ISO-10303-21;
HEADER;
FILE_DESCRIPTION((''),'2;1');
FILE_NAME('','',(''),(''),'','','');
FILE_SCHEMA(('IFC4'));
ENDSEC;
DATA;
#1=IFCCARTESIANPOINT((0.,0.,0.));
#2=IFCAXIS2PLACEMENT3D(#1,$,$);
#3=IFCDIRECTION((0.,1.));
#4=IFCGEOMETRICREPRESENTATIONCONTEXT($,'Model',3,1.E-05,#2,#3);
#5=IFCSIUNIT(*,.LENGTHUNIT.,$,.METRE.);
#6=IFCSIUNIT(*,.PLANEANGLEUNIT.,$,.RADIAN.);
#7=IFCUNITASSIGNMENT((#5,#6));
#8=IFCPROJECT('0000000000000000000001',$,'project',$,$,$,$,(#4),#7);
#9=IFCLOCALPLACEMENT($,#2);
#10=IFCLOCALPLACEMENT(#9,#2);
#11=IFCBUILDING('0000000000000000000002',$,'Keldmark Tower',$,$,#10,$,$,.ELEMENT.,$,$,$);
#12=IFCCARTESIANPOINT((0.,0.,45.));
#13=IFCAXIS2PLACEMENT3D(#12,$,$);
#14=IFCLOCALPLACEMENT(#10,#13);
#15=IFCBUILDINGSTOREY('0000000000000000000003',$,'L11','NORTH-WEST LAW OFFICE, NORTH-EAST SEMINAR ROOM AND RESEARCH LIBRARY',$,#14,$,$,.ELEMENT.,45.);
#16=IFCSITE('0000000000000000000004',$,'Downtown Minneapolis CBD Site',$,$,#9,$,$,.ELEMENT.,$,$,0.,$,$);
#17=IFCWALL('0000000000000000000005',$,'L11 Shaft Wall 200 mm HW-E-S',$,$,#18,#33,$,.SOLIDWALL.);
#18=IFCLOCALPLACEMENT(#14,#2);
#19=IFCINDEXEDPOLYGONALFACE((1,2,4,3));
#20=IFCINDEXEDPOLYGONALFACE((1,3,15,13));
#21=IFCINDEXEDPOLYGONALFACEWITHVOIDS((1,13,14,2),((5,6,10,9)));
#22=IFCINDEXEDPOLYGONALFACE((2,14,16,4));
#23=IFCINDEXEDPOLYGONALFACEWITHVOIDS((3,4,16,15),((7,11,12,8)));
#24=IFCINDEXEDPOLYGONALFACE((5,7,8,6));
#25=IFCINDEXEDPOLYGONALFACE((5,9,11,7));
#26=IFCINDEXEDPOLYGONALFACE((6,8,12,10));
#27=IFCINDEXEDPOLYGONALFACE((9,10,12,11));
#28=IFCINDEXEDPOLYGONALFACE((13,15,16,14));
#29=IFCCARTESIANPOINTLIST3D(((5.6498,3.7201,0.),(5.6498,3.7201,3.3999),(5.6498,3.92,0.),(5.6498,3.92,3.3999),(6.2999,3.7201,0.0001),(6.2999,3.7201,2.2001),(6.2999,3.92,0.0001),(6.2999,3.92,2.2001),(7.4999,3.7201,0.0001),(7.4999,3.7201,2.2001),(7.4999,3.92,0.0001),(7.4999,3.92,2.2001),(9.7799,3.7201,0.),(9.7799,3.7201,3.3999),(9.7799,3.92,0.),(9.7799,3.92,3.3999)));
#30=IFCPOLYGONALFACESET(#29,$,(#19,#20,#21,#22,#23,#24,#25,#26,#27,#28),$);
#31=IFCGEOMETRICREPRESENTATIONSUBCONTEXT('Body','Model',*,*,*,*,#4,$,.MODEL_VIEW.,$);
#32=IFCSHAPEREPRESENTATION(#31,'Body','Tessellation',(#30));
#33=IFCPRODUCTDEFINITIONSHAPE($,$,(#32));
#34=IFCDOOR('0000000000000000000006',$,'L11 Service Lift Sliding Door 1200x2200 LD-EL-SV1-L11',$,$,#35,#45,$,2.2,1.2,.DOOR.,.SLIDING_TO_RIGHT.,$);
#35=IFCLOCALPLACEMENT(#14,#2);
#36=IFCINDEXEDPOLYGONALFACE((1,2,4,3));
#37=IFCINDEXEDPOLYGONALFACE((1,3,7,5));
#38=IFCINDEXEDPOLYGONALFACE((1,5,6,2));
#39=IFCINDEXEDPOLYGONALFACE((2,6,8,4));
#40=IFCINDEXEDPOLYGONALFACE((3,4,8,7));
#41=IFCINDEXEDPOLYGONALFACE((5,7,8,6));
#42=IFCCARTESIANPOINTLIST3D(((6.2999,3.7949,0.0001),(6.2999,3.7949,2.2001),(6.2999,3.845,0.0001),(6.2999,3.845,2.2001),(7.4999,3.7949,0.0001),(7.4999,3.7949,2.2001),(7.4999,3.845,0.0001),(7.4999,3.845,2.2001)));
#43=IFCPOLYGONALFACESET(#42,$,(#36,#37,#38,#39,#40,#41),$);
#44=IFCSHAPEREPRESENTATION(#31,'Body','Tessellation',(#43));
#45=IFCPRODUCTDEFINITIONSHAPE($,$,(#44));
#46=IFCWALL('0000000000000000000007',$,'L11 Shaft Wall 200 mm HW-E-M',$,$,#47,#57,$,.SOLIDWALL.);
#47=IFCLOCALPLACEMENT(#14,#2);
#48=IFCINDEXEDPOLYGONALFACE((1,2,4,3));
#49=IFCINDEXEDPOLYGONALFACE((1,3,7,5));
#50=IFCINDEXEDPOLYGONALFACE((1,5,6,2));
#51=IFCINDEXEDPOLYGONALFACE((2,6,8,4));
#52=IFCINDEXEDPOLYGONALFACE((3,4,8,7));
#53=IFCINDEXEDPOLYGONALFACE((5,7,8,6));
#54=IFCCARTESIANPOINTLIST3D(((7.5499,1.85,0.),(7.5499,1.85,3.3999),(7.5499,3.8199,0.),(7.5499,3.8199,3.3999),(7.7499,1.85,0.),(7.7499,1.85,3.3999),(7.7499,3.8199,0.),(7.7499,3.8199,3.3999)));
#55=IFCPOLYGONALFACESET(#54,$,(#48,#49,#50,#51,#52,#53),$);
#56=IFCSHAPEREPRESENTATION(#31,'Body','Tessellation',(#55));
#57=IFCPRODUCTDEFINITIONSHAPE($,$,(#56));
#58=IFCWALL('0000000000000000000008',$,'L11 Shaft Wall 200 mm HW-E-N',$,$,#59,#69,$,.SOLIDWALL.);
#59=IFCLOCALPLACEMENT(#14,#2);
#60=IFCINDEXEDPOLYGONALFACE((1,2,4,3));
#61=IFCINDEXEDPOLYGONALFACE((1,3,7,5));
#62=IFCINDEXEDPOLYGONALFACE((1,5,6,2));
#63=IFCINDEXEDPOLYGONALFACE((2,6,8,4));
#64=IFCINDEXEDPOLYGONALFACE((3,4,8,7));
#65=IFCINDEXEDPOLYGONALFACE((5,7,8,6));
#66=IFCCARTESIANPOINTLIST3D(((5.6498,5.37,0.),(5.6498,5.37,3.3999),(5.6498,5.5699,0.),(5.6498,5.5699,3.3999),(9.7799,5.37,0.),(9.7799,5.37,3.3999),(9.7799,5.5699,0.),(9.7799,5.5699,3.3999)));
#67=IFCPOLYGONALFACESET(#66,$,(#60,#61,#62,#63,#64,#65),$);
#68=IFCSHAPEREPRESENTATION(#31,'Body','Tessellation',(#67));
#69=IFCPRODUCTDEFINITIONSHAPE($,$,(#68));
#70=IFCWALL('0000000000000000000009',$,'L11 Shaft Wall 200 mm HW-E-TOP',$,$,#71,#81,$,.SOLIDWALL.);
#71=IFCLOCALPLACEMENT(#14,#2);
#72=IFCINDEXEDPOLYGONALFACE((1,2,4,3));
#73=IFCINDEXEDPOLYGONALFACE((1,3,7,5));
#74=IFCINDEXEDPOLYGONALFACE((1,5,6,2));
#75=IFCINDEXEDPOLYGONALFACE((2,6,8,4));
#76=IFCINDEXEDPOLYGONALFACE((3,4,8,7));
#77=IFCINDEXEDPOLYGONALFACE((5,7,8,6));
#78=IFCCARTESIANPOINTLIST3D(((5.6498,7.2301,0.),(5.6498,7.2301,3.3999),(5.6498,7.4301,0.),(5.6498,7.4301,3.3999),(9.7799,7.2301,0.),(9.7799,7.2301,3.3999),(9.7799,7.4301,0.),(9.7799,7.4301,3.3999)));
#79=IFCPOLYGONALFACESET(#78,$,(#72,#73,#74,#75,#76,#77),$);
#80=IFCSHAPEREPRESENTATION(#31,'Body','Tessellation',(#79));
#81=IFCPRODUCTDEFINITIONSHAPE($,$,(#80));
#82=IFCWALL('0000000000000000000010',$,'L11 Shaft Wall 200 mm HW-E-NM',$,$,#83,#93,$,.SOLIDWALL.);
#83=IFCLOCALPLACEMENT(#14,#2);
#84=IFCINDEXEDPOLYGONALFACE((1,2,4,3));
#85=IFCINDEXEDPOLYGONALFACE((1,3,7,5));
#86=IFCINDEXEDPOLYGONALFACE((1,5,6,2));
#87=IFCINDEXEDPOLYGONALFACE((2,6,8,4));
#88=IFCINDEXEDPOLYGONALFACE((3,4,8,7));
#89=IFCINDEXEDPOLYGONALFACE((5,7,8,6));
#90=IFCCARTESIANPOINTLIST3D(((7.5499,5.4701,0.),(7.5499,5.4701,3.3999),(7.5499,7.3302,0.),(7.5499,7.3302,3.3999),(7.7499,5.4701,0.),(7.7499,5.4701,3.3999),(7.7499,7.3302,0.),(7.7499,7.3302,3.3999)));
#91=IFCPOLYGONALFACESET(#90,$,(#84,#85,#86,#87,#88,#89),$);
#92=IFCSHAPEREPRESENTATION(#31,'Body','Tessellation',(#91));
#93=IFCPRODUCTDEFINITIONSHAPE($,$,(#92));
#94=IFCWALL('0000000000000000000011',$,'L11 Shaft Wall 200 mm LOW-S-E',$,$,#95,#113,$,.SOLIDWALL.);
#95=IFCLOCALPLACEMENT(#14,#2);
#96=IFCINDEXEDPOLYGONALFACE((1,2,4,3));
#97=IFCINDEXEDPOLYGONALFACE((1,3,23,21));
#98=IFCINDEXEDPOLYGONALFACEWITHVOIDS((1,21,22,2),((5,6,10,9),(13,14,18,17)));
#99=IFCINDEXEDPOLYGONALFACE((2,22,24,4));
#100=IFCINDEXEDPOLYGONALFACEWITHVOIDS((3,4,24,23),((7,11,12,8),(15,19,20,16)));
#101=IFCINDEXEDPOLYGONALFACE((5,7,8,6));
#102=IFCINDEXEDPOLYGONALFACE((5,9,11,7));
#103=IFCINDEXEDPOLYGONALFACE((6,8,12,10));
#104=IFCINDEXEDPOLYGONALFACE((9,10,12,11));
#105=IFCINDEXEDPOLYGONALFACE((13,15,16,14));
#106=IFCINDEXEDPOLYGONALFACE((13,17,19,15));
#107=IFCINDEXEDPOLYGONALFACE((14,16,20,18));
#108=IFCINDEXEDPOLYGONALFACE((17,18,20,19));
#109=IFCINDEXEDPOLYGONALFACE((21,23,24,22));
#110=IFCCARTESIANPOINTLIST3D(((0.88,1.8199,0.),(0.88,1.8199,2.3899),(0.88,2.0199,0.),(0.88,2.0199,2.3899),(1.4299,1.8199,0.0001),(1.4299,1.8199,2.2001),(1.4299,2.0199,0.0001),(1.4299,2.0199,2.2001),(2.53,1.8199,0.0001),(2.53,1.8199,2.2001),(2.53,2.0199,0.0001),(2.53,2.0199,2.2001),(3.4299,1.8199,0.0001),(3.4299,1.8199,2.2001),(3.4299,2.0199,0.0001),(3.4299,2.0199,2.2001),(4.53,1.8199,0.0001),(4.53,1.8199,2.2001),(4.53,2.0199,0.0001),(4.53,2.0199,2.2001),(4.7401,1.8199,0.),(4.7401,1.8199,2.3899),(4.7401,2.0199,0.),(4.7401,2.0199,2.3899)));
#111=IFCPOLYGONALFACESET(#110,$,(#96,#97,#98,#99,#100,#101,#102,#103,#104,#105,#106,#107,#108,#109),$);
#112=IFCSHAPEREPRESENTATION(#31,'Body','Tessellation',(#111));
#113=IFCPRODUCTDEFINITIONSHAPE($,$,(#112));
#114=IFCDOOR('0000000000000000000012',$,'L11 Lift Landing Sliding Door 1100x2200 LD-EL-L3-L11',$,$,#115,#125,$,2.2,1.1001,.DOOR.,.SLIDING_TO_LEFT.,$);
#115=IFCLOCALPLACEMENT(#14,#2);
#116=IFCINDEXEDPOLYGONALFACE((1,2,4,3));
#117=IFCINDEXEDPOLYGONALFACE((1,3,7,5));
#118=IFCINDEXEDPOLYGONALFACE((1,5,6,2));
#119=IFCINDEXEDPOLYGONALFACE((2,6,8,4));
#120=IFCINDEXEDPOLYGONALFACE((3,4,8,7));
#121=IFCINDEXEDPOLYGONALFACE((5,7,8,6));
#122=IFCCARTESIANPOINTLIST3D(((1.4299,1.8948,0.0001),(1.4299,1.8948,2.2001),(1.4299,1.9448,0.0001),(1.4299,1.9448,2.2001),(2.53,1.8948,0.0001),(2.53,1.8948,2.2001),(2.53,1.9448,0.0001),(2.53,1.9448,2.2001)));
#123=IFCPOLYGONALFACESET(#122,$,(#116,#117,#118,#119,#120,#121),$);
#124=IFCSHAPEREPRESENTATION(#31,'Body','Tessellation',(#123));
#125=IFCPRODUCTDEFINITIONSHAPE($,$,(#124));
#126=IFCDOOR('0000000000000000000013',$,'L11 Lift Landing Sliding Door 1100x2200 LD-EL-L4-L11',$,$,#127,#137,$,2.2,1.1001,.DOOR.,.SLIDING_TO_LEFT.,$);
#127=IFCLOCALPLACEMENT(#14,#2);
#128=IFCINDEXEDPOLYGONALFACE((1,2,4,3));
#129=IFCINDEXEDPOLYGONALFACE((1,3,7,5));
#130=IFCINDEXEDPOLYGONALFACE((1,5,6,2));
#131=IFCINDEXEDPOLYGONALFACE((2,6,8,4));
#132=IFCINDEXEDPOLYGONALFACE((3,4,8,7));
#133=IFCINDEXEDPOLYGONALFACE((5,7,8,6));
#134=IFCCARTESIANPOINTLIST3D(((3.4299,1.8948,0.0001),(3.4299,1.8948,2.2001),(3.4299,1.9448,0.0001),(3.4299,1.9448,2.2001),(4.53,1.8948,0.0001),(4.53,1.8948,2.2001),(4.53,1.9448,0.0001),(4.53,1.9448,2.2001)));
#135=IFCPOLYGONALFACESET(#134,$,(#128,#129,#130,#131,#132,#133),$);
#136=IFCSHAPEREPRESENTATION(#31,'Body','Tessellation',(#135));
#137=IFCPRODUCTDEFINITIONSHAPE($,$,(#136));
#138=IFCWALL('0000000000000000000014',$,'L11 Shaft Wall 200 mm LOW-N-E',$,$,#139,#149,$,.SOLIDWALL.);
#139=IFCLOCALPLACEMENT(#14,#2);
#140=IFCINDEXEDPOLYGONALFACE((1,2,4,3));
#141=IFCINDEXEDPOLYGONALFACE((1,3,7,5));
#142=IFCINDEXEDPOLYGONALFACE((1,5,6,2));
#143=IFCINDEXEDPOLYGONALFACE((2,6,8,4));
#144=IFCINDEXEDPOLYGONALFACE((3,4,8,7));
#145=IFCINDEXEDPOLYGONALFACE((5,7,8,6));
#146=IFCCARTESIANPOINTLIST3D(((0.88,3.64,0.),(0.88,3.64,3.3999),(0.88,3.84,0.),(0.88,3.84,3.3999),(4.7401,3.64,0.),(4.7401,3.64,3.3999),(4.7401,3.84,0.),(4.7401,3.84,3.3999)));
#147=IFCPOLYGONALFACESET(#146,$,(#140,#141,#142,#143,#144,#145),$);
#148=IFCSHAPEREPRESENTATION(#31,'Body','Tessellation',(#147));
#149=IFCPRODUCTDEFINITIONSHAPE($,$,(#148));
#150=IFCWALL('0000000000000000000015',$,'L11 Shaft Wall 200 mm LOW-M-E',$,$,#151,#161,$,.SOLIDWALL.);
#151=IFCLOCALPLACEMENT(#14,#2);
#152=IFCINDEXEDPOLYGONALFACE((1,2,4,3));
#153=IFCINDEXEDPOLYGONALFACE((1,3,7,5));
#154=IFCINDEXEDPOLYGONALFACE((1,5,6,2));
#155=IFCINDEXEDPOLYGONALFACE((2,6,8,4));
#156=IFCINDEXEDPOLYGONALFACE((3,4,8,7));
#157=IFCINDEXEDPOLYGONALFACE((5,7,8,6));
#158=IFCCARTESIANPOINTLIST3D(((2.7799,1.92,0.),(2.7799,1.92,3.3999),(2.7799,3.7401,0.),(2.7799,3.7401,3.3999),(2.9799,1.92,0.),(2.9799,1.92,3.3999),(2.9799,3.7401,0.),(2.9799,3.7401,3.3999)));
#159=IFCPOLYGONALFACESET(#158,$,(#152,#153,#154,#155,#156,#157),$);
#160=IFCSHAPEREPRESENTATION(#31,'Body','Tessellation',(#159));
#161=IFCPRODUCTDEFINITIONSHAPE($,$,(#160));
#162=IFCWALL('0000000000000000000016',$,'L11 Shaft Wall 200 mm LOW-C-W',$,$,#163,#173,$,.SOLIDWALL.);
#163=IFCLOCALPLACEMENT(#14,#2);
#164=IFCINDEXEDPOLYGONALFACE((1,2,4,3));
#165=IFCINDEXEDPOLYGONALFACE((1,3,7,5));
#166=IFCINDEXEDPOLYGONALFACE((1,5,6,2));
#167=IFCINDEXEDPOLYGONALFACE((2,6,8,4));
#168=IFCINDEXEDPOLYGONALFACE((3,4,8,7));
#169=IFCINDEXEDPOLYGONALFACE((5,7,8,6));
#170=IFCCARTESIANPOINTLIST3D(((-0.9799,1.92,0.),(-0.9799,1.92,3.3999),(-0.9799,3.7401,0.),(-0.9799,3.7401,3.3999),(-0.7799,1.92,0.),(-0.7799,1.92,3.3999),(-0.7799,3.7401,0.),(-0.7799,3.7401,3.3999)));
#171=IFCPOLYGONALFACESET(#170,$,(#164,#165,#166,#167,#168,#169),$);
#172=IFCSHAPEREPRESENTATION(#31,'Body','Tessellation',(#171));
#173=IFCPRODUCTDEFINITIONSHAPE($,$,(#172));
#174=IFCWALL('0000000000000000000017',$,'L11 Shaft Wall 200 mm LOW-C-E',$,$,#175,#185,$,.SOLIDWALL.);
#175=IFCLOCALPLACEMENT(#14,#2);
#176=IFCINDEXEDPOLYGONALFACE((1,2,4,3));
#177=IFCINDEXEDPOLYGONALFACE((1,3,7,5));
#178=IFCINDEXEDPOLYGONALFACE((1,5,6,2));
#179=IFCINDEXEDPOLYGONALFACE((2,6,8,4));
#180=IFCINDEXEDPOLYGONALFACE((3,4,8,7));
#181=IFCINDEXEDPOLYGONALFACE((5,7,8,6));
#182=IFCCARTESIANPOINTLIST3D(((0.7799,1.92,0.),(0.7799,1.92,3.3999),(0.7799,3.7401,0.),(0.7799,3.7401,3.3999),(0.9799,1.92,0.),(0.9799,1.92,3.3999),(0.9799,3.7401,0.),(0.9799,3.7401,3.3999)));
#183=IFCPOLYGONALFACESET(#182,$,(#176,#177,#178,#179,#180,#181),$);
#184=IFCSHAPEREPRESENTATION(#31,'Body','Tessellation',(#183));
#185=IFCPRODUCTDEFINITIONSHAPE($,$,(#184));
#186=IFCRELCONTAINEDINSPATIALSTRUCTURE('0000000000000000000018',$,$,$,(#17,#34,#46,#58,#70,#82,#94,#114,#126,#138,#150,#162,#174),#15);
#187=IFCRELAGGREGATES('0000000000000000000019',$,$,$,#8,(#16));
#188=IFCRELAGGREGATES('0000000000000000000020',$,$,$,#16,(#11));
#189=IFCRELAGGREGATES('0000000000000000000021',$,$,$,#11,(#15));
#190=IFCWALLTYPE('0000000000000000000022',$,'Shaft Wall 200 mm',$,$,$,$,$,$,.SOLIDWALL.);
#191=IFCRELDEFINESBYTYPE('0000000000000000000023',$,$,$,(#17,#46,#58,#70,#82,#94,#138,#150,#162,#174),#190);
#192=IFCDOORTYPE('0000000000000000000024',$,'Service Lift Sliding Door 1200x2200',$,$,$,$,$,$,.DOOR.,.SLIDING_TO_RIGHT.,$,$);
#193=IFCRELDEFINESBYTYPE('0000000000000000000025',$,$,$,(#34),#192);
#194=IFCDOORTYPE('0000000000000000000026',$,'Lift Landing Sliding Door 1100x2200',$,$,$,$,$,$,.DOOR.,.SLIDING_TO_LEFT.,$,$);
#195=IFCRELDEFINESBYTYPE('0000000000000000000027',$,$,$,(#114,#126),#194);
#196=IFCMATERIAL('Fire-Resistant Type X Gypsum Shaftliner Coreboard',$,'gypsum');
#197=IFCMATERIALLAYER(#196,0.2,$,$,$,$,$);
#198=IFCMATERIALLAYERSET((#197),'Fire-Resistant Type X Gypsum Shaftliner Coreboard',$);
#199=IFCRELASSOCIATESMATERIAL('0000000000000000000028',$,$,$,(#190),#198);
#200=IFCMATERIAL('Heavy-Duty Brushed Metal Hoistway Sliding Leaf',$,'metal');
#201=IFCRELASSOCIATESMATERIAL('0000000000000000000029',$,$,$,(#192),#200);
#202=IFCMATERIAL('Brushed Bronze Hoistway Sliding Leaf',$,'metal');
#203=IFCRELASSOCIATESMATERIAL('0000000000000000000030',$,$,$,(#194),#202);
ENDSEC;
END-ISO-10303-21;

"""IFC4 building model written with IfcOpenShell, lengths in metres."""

from ifc_helpers import new_model, si_unit, direction, frame, frame_2d, origin, place, context, subcontext, project, spatial, rectangle, extrude, material, layer, layer_set, type_object, element, fill, save


model = new_model("IFC4")

# Units and contexts
model_context = context("Model", 3, precision=1e-05, world=origin(), true_north=direction((0.0, 1.0)))
body_context = subcontext(model_context, "Body", "Model", "MODEL_VIEW")
ifc_project = project(units=[si_unit("LENGTHUNIT", "METRE"), si_unit("PLANEANGLEUNIT", "RADIAN")], contexts=[model_context])

# Site, building, storey
site_placement = place(None, origin())
site = spatial("IfcSite", under=ifc_project, at=site_placement, Name="Downtown Minneapolis CBD Site", CompositionType="ELEMENT", RefElevation=0.0)
building_placement = place(site_placement, origin())
building = spatial("IfcBuilding", under=site, at=building_placement, Name="Keldmark Tower", CompositionType="ELEMENT")
storey_placement = place(building_placement, frame((0.0, 0.0, 45.0)))
storey = spatial("IfcBuildingStorey", under=building, at=storey_placement, Name="L11", Description="NORTH-WEST LAW OFFICE, NORTH-EAST SEMINAR ROOM AND RESEARCH LIBRARY", CompositionType="ELEMENT", Elevation=45.0)

# Wall, opening, door
ifc_material_1 = material(Name="Fire-Resistant Type X Gypsum Shaftliner Coreboard", Category="gypsum")
ifc_layer_1 = layer(ifc_material_1, 0.2)
ifc_layer_set_1 = layer_set([ifc_layer_1], Name="Fire-Resistant Type X Gypsum Shaftliner Coreboard")
wall_type_1 = type_object("IfcWallType", Name="Shaft Wall 200 mm", PredefinedType="SOLIDWALL", material=ifc_layer_set_1)
wall_1_placement = place(storey_placement, frame((5.6499, 3.8201, 0.0), z_axis=(0.0, 0.0, 1.0), x_axis=(1.0, 0.0, 0.0)))
wall_1 = element("IfcWall", 1, at=wall_1_placement, inside=storey, type_object=wall_type_1, Name="L11 Shaft Wall 200 mm HW-E-S", PredefinedType="SOLIDWALL", context=body_context, shape_type="SweptSolid", body=[
    extrude(rectangle(XDim=4.1301, YDim=0.2, at=frame_2d((2.0649, 0.0))), origin(), (0.0, 0.0, 1.0), 3.3999),
])
opening_1_placement = place(wall_1_placement, frame((0.6499, 0.0, 0.0)))
opening_1 = element("IfcOpeningElement", 2, at=opening_1_placement, cuts=wall_1, PredefinedType="OPENING", context=body_context, shape_type="SweptSolid", body=[
    extrude(rectangle(XDim=1.2, YDim=2.2, at=frame_2d((0.6001, 1.1001))), frame((0.0, 0.1099, 0.0), z_axis=(0.0, -1.0, 0.0), x_axis=(1.0, 0.0, 0.0)), (0.0, 0.0, 1.0), 0.22),
])
ifc_material_2 = material(Name="Heavy-Duty Brushed Metal Hoistway Sliding Leaf", Category="metal")
door_type_1 = type_object("IfcDoorType", Name="Service Lift Sliding Door 1200x2200", OperationType="SLIDING_TO_RIGHT", PredefinedType="DOOR", material=ifc_material_2)
door_1_placement = place(opening_1_placement, origin())
door_1 = element("IfcDoor", 3, at=door_1_placement, inside=storey, type_object=door_type_1, Name="L11 Service Lift Sliding Door 1200x2200 LD-EL-SV1-L11", OperationType="SLIDING_TO_RIGHT", OverallHeight=2.2, OverallWidth=1.2, PredefinedType="DOOR", context=body_context, shape_type="SweptSolid", body=[
    extrude(rectangle(XDim=1.2, YDim=2.2, at=frame_2d((0.6001, 1.1001))), frame((0.0, 0.0249, 0.0), z_axis=(0.0, -1.0, 0.0), x_axis=(1.0, 0.0, 0.0)), (0.0, 0.0, 1.0), 0.05),
])
fill(opening_1, door_1)

# Walls
wall_2_placement = place(storey_placement, frame((7.6499, 1.8501, 0.0), z_axis=(0.0, 0.0, 1.0), x_axis=(0.0, 1.0, 0.0)))
element("IfcWall", 4, at=wall_2_placement, inside=storey, type_object=wall_type_1, Name="L11 Shaft Wall 200 mm HW-E-M", PredefinedType="SOLIDWALL", context=body_context, shape_type="SweptSolid", body=[
    extrude(rectangle(XDim=1.97, YDim=0.2, at=frame_2d((0.9849, 0.0))), origin(), (0.0, 0.0, 1.0), 3.3999),
])
for number, where, z_axis, x_axis, name in (
    (5, (5.6499, 5.47, 0.0), (0.0, 0.0, 1.0), (1.0, 0.0, 0.0), "L11 Shaft Wall 200 mm HW-E-N"),
    (6, (5.6499, 7.3301, 0.0), (0.0, 0.0, 1.0), (1.0, 0.0, 0.0), "L11 Shaft Wall 200 mm HW-E-TOP"),
):
    element("IfcWall", number, at=place(storey_placement, frame(where, z_axis=z_axis, x_axis=x_axis)), inside=storey, type_object=wall_type_1, Name=name, PredefinedType="SOLIDWALL", context=body_context, shape_type="SweptSolid", body=[
        extrude(rectangle(XDim=4.1301, YDim=0.2, at=frame_2d((2.0649, 0.0))), origin(), (0.0, 0.0, 1.0), 3.3999),
    ])
wall_3_placement = place(storey_placement, frame((7.6499, 5.47, 0.0), z_axis=(0.0, 0.0, 1.0), x_axis=(0.0, 1.0, 0.0)))
element("IfcWall", 7, at=wall_3_placement, inside=storey, type_object=wall_type_1, Name="L11 Shaft Wall 200 mm HW-E-NM", PredefinedType="SOLIDWALL", context=body_context, shape_type="SweptSolid", body=[
    extrude(rectangle(XDim=1.8601, YDim=0.2, at=frame_2d((0.9302, 0.0))), origin(), (0.0, 0.0, 1.0), 3.3999),
])

# Wall, openings, doors
wall_4_placement = place(storey_placement, frame((0.8799, 1.9199, 0.0), z_axis=(0.0, 0.0, 1.0), x_axis=(1.0, 0.0, 0.0)))
wall_4 = element("IfcWall", 8, at=wall_4_placement, inside=storey, type_object=wall_type_1, Name="L11 Shaft Wall 200 mm LOW-S-E", PredefinedType="SOLIDWALL", context=body_context, shape_type="SweptSolid", body=[
    extrude(rectangle(XDim=3.8601, YDim=0.2, at=frame_2d((1.9302, 0.0))), origin(), (0.0, 0.0, 1.0), 2.3899),
])
opening_2_placement = place(wall_4_placement, frame((0.55, 0.0, 0.0)))
opening_2 = element("IfcOpeningElement", 9, at=opening_2_placement, cuts=wall_4, PredefinedType="OPENING", context=body_context, shape_type="SweptSolid", body=[
    extrude(rectangle(XDim=1.1001, YDim=2.2, at=frame_2d((0.55, 1.1001))), frame((0.0, 0.1099, 0.0), z_axis=(0.0, -1.0, 0.0), x_axis=(1.0, 0.0, 0.0)), (0.0, 0.0, 1.0), 0.22),
])
opening_3_placement = place(wall_4_placement, frame((2.55, 0.0, 0.0)))
opening_3 = element("IfcOpeningElement", 10, at=opening_3_placement, cuts=wall_4, PredefinedType="OPENING", context=body_context, shape_type="SweptSolid", body=[
    extrude(rectangle(XDim=1.1001, YDim=2.2, at=frame_2d((0.55, 1.1001))), frame((0.0, 0.1099, 0.0), z_axis=(0.0, -1.0, 0.0), x_axis=(1.0, 0.0, 0.0)), (0.0, 0.0, 1.0), 0.22),
])
ifc_material_3 = material(Name="Brushed Bronze Hoistway Sliding Leaf", Category="metal")
door_type_2 = type_object("IfcDoorType", Name="Lift Landing Sliding Door 1100x2200", OperationType="SLIDING_TO_LEFT", PredefinedType="DOOR", material=ifc_material_3)
door_2_placement = place(opening_2_placement, origin())
door_2 = element("IfcDoor", 11, at=door_2_placement, inside=storey, type_object=door_type_2, Name="L11 Lift Landing Sliding Door 1100x2200 LD-EL-L3-L11", OperationType="SLIDING_TO_LEFT", OverallHeight=2.2, OverallWidth=1.1001, PredefinedType="DOOR", context=body_context, shape_type="SweptSolid", body=[
    extrude(rectangle(XDim=1.1001, YDim=2.2, at=frame_2d((0.55, 1.1001))), frame((0.0, 0.0249, 0.0), z_axis=(0.0, -1.0, 0.0), x_axis=(1.0, 0.0, 0.0)), (0.0, 0.0, 1.0), 0.05),
])
fill(opening_2, door_2)
door_3_placement = place(opening_3_placement, origin())
door_3 = element("IfcDoor", 12, at=door_3_placement, inside=storey, type_object=door_type_2, Name="L11 Lift Landing Sliding Door 1100x2200 LD-EL-L4-L11", OperationType="SLIDING_TO_LEFT", OverallHeight=2.2, OverallWidth=1.1001, PredefinedType="DOOR", context=body_context, shape_type="SweptSolid", body=[
    extrude(rectangle(XDim=1.1001, YDim=2.2, at=frame_2d((0.55, 1.1001))), frame((0.0, 0.0249, 0.0), z_axis=(0.0, -1.0, 0.0), x_axis=(1.0, 0.0, 0.0)), (0.0, 0.0, 1.0), 0.05),
])
fill(opening_3, door_3)

# Walls
wall_5_placement = place(storey_placement, frame((0.8799, 3.74, 0.0), z_axis=(0.0, 0.0, 1.0), x_axis=(1.0, 0.0, 0.0)))
element("IfcWall", 13, at=wall_5_placement, inside=storey, type_object=wall_type_1, Name="L11 Shaft Wall 200 mm LOW-N-E", PredefinedType="SOLIDWALL", context=body_context, shape_type="SweptSolid", body=[
    extrude(rectangle(XDim=3.8601, YDim=0.2, at=frame_2d((1.9302, 0.0))), origin(), (0.0, 0.0, 1.0), 3.3999),
])
for number, where, z_axis, x_axis, name in (
    (14, (2.8799, 1.9199, 0.0), (0.0, 0.0, 1.0), (0.0, 1.0, 0.0), "L11 Shaft Wall 200 mm LOW-M-E"),
    (15, (-0.8799, 1.9199, 0.0), (0.0, 0.0, 1.0), (0.0, 1.0, 0.0), "L11 Shaft Wall 200 mm LOW-C-W"),
    (16, (0.8799, 1.9199, 0.0), (0.0, 0.0, 1.0), (0.0, 1.0, 0.0), "L11 Shaft Wall 200 mm LOW-C-E"),
):
    element("IfcWall", number, at=place(storey_placement, frame(where, z_axis=z_axis, x_axis=x_axis)), inside=storey, type_object=wall_type_1, Name=name, PredefinedType="SOLIDWALL", context=body_context, shape_type="SweptSolid", body=[
        extrude(rectangle(XDim=1.8201, YDim=0.2, at=frame_2d((0.9102, 0.0))), origin(), (0.0, 0.0, 1.0), 3.3999),
    ])

save(model, "model.ifc")
